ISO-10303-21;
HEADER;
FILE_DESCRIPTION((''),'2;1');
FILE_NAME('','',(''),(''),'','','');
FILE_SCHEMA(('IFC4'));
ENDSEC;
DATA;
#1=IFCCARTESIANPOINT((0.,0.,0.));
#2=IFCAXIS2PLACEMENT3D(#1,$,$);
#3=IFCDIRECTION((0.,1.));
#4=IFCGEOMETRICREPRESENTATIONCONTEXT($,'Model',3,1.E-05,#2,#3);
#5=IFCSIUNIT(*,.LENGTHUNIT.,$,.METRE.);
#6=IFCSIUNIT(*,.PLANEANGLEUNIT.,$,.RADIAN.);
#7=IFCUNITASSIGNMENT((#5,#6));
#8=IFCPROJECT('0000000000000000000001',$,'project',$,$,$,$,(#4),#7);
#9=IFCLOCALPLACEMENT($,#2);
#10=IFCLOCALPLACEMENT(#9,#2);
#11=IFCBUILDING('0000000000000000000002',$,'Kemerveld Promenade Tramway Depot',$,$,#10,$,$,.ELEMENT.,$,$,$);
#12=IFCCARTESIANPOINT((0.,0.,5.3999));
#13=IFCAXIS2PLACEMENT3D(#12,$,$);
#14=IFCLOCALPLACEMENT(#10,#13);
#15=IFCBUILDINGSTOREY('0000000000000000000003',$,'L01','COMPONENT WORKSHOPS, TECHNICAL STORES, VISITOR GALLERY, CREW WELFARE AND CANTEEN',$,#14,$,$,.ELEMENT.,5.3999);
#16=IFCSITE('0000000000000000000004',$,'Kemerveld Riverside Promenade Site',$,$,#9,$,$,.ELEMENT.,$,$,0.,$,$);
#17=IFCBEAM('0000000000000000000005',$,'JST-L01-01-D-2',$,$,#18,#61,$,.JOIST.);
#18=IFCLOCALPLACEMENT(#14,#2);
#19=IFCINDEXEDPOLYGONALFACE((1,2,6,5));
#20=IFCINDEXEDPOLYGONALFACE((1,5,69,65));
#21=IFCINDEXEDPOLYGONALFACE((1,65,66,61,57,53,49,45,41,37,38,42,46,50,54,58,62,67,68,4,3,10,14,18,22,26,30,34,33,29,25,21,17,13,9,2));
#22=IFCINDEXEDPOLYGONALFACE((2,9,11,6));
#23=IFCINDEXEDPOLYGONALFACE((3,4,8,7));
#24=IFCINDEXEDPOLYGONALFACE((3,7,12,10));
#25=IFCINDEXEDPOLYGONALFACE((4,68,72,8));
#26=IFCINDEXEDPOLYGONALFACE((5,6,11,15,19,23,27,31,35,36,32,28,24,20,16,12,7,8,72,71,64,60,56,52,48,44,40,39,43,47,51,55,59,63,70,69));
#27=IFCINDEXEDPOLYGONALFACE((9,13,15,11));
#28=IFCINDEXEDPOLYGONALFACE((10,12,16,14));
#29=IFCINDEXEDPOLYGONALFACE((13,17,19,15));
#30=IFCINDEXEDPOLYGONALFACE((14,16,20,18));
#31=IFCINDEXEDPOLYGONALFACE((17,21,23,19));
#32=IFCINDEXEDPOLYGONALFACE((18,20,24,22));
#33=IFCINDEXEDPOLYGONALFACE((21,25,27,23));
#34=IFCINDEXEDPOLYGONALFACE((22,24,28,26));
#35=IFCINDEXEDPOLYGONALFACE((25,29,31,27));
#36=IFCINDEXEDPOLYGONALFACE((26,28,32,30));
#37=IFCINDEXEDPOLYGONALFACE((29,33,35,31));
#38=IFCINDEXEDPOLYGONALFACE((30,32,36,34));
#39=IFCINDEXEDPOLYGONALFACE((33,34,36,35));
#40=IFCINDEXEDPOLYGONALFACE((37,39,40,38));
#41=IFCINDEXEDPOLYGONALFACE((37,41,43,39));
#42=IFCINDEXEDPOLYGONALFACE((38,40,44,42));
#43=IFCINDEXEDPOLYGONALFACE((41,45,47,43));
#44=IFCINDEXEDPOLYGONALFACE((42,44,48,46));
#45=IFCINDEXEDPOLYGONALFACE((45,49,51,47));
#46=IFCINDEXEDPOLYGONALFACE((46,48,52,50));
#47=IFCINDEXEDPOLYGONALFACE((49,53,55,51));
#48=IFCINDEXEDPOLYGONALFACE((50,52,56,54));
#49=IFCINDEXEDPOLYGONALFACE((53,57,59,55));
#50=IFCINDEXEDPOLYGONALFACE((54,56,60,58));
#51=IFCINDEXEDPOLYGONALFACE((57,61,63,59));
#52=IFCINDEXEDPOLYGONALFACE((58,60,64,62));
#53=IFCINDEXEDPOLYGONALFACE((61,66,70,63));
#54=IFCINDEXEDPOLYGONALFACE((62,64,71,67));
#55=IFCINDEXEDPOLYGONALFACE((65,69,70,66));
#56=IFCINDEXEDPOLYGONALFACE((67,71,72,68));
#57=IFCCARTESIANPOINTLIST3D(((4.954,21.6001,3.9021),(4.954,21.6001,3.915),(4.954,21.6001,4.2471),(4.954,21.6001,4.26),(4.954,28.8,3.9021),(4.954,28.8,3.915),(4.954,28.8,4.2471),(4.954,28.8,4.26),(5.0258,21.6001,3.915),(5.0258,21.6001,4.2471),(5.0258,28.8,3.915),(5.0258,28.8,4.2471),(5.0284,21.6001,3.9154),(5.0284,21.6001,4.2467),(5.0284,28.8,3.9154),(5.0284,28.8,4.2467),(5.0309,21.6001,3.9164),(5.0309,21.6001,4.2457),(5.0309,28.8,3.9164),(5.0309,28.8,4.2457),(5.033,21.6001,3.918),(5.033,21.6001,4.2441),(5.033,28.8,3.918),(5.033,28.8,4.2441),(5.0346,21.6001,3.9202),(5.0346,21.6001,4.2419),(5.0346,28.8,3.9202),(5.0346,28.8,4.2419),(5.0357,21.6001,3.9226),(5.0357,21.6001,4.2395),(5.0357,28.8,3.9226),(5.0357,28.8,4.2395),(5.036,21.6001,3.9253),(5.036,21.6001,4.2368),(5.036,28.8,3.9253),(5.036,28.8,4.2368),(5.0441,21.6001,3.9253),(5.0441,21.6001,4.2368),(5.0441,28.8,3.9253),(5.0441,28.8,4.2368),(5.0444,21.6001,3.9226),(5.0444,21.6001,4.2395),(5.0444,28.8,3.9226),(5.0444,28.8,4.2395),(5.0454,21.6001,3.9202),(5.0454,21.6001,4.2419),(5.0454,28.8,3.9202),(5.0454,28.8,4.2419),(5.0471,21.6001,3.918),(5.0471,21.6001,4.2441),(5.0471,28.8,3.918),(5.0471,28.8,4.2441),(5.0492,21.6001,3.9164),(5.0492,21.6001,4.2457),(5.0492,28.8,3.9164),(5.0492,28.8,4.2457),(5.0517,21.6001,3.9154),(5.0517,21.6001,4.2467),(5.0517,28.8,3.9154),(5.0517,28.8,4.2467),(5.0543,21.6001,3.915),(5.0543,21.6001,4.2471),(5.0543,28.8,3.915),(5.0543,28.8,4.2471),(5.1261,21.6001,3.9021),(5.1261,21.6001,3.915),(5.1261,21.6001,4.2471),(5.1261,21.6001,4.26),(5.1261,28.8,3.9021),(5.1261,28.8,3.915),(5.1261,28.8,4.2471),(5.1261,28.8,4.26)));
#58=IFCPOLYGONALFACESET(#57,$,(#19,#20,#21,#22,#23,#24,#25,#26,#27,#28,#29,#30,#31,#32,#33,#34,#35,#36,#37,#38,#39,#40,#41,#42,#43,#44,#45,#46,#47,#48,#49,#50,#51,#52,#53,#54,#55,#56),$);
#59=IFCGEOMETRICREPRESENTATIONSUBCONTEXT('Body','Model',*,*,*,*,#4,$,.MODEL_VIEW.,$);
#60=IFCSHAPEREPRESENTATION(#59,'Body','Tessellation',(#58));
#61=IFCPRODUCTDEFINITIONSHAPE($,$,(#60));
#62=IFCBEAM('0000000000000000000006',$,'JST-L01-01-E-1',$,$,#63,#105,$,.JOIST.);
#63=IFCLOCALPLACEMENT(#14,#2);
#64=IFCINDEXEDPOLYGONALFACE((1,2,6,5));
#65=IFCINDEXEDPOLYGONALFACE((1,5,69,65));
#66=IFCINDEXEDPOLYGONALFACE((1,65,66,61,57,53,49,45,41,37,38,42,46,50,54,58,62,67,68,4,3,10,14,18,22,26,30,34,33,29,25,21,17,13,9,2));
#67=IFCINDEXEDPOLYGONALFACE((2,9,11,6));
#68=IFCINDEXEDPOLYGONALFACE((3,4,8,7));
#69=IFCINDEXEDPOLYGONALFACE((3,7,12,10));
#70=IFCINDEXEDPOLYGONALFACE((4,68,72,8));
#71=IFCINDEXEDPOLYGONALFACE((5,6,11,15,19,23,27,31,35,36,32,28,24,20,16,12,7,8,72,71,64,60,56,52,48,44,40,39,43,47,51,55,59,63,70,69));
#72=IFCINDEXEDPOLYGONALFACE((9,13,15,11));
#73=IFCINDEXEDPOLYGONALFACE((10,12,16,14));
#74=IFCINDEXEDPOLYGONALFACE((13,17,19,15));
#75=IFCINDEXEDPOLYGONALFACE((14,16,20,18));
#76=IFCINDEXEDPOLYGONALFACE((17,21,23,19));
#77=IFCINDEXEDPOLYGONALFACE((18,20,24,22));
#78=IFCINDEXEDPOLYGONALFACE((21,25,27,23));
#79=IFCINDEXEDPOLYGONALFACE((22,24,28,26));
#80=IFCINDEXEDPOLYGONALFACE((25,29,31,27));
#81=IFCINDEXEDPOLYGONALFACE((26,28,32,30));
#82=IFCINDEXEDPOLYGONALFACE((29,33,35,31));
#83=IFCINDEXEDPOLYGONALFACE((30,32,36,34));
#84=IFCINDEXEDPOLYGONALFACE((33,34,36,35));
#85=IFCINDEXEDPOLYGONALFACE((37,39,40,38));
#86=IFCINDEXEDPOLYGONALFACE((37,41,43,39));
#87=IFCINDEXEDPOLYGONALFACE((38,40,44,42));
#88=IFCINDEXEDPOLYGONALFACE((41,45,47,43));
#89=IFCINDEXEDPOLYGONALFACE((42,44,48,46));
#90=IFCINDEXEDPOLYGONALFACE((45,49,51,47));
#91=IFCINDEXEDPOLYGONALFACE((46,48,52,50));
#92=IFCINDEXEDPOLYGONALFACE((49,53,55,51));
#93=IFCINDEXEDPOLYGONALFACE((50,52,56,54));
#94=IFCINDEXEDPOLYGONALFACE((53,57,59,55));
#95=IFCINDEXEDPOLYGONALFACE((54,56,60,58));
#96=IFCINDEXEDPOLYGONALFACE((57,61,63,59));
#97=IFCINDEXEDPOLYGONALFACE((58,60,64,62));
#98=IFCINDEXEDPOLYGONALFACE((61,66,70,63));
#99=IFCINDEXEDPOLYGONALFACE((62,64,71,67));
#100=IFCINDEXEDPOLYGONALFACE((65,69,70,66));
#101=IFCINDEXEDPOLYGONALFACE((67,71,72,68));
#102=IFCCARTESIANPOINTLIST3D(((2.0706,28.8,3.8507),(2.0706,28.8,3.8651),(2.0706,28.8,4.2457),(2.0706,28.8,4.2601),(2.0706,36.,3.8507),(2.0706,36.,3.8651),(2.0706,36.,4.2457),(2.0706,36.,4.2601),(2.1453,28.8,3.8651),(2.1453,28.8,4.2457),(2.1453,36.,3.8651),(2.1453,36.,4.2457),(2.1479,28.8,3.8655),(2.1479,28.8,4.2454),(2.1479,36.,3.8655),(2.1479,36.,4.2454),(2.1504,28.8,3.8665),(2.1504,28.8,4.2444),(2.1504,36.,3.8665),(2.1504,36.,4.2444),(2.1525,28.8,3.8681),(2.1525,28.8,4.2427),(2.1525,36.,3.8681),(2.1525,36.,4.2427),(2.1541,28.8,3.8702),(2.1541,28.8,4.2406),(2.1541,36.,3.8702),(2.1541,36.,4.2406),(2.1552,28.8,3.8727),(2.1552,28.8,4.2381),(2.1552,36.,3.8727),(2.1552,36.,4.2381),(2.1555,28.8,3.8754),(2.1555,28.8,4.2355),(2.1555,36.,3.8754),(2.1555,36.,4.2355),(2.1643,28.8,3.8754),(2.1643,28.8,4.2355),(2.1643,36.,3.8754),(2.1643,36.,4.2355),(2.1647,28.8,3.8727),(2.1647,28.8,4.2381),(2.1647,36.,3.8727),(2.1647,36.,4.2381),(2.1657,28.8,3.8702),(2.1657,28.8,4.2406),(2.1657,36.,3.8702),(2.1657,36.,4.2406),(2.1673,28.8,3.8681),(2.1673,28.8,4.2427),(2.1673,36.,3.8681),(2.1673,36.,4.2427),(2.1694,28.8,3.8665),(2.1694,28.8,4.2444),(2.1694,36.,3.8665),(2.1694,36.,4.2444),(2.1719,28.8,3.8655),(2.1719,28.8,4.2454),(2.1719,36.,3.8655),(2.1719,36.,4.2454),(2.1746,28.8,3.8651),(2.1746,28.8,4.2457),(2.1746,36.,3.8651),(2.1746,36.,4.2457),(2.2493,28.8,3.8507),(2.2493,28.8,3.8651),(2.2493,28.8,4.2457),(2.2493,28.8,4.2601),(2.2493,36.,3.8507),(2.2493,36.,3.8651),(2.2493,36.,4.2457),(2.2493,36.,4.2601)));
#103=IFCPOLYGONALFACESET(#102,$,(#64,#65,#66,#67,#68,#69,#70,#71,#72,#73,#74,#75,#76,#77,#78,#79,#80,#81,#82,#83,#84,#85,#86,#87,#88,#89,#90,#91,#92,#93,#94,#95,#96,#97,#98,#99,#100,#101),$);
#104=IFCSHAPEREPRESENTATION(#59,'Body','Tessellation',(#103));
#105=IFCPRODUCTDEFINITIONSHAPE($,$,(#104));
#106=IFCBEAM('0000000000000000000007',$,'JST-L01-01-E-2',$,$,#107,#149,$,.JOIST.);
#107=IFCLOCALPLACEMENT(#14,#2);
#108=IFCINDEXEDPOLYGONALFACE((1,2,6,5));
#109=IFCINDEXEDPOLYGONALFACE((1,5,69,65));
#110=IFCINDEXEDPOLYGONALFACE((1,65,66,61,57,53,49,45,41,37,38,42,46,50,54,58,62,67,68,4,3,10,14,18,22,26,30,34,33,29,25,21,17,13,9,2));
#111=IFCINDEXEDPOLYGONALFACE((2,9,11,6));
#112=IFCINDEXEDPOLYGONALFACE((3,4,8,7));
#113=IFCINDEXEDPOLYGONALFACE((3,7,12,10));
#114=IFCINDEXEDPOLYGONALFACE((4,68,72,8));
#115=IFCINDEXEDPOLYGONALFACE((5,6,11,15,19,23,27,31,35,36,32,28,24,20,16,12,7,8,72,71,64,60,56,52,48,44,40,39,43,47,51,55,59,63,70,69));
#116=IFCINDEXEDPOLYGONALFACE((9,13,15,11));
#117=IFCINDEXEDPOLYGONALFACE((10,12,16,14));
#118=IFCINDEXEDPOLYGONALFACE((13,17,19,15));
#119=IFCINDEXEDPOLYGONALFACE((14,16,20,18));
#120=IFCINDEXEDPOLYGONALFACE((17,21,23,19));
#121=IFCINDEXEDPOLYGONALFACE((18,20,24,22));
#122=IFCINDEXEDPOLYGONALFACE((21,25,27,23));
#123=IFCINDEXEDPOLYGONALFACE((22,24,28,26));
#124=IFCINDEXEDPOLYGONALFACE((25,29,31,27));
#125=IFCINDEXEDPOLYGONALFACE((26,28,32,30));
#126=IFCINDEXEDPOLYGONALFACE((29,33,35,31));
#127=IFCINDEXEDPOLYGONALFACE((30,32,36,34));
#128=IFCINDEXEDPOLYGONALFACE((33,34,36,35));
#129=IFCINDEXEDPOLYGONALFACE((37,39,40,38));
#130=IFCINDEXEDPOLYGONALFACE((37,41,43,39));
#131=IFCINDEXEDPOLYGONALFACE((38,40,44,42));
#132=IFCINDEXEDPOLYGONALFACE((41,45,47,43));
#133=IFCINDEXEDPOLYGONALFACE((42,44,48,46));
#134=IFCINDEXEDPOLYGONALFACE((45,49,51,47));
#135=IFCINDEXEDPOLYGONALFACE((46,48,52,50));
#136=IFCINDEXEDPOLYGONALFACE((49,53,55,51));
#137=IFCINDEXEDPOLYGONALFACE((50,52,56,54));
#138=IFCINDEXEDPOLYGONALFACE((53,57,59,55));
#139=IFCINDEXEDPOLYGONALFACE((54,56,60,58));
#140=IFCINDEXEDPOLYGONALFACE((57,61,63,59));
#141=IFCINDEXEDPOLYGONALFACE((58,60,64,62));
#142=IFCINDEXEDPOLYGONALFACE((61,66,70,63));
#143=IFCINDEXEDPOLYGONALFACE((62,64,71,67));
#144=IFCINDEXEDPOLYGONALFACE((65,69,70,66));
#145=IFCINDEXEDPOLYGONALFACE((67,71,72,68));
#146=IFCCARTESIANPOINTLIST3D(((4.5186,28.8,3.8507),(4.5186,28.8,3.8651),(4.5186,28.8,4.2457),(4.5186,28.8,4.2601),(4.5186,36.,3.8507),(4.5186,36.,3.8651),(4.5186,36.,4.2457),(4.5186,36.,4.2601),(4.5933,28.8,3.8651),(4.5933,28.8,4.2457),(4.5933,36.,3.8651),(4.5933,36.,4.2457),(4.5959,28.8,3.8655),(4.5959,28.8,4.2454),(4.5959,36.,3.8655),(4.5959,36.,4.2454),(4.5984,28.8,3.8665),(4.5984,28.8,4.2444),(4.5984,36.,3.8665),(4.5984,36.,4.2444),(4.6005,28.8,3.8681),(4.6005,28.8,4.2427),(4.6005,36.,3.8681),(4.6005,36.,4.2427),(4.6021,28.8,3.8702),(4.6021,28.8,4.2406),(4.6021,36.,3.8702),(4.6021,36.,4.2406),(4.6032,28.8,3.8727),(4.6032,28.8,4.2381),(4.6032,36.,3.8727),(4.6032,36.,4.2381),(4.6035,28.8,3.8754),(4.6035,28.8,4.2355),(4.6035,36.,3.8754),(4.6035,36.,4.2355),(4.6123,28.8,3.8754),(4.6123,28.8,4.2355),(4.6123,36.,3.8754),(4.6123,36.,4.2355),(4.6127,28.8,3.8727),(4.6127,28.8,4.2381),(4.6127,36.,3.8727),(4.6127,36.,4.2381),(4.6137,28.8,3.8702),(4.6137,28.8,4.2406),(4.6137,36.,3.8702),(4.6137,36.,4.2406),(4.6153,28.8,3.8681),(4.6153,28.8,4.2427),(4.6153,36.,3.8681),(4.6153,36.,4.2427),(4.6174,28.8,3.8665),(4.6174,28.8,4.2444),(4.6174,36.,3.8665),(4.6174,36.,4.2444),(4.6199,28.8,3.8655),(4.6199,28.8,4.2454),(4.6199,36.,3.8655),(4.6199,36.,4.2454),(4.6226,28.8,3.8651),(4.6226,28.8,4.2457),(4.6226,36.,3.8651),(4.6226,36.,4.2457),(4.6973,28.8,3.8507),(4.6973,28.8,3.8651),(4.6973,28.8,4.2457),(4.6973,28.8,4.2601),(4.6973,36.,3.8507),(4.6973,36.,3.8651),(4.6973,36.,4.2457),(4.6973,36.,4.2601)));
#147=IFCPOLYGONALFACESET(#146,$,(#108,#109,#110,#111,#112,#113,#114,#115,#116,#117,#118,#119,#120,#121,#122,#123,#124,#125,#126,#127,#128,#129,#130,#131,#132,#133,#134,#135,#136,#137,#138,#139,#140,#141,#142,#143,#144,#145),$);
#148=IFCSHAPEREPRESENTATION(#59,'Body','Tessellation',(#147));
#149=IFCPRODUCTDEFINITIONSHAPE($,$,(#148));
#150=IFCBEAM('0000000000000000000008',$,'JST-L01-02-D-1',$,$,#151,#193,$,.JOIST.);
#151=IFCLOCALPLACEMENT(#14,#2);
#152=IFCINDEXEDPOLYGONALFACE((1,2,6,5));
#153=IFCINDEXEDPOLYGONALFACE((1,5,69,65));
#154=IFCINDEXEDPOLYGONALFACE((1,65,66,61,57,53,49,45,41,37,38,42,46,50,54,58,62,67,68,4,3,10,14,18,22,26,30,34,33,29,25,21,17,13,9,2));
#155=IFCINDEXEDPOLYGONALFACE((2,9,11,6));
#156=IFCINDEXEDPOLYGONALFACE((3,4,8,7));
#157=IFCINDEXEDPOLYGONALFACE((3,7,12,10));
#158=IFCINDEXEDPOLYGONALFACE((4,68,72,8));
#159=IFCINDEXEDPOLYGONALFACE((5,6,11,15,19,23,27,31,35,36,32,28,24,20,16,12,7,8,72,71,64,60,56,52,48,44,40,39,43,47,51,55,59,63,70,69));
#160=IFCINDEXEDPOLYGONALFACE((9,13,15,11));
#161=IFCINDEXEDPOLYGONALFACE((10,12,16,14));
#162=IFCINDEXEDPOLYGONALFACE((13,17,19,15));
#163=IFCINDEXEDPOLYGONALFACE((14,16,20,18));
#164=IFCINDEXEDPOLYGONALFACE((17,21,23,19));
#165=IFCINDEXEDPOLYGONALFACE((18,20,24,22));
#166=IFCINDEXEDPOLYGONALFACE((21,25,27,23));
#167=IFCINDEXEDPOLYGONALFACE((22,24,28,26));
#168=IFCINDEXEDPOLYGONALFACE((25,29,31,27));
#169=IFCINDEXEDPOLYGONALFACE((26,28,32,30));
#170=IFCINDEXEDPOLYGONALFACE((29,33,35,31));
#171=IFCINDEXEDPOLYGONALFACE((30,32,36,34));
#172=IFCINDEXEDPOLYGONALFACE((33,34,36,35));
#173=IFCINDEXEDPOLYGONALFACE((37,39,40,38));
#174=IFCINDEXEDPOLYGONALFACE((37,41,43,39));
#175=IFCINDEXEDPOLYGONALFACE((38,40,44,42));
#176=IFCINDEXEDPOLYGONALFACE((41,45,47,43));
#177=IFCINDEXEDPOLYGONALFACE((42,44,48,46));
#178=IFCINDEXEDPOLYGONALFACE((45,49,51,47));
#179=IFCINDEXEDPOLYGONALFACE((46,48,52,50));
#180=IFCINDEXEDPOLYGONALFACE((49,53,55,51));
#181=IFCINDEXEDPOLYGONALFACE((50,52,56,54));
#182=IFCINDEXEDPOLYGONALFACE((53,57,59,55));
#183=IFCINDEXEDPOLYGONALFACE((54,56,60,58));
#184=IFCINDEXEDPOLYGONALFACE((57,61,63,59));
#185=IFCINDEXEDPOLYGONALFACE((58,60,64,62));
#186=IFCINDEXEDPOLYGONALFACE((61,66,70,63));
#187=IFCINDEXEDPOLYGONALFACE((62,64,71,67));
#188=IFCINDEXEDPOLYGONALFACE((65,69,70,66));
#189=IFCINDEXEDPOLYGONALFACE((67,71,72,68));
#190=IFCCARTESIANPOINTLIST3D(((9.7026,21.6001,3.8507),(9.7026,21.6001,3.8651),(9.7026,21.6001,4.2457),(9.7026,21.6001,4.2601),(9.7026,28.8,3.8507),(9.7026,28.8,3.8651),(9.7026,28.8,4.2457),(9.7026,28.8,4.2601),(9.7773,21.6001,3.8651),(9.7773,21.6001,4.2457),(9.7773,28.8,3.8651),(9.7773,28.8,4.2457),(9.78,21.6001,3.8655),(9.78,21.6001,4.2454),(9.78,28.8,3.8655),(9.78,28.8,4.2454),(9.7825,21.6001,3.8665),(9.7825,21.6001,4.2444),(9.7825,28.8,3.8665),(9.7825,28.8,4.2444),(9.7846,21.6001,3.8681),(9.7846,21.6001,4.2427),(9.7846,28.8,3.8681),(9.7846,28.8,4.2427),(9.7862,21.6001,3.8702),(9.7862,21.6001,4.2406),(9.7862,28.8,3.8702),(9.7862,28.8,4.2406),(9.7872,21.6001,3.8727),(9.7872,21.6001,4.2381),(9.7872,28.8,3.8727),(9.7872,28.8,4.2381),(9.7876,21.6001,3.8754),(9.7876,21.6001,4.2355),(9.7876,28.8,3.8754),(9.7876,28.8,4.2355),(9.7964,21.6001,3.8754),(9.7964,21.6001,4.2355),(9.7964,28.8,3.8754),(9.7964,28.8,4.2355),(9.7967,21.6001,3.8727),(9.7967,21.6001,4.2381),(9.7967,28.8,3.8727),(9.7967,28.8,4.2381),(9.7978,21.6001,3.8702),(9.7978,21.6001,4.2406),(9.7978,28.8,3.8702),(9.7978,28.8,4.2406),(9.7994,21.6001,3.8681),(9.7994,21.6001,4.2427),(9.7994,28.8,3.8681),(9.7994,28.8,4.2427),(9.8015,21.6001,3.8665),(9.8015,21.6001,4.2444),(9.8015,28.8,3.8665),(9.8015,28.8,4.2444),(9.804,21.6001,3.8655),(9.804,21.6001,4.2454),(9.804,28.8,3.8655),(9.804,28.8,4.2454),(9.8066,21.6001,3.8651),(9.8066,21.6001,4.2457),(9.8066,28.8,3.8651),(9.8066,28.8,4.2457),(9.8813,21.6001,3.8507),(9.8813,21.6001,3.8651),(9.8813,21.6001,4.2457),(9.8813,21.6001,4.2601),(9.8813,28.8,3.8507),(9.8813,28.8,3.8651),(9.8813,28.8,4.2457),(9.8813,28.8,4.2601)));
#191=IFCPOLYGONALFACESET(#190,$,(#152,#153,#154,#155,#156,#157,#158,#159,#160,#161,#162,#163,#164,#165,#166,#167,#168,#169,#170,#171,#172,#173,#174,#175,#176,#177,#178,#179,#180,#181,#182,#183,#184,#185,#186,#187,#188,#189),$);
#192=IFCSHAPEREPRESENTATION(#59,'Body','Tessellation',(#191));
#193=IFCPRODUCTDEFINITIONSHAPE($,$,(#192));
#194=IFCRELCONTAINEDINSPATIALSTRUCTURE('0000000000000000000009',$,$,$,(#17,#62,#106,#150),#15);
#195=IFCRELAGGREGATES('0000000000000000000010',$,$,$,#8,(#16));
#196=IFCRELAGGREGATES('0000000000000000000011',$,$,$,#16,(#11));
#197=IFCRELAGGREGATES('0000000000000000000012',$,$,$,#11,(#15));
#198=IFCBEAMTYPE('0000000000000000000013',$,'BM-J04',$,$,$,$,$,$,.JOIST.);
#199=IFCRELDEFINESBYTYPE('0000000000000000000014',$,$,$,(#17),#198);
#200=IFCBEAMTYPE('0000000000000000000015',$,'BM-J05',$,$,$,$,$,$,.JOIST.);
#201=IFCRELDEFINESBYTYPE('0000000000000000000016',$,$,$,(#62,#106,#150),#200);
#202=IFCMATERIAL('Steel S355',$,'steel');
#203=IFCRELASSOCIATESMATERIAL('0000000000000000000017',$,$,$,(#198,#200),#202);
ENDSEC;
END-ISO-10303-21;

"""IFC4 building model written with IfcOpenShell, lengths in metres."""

from ifc_helpers import new_model, si_unit, direction, frame, origin, origin_2d, place, context, subcontext, project, spatial, i_section, extrude, material, material_profile, profile_set, type_object, element, save


model = new_model("IFC4")

# Units and contexts
model_context = context("Model", 3, precision=1e-05, world=origin(), true_north=direction((0.0, 1.0)))
body_context = subcontext(model_context, "Body", "Model", "MODEL_VIEW")
ifc_project = project(units=[si_unit("LENGTHUNIT", "METRE"), si_unit("PLANEANGLEUNIT", "RADIAN")], contexts=[model_context])

# Site, building, storey
site_placement = place(None, origin())
site = spatial("IfcSite", under=ifc_project, at=site_placement, Name="Kemerveld Riverside Promenade Site", CompositionType="ELEMENT", RefElevation=0.0)
building_placement = place(site_placement, origin())
building = spatial("IfcBuilding", under=site, at=building_placement, Name="Kemerveld Promenade Tramway Depot", CompositionType="ELEMENT")
storey_placement = place(building_placement, frame((0.0, 0.0, 5.3999)))
storey = spatial("IfcBuildingStorey", under=building, at=storey_placement, Name="L01", Description="COMPONENT WORKSHOPS, TECHNICAL STORES, VISITOR GALLERY, CREW WELFARE AND CANTEEN", CompositionType="ELEMENT", Elevation=5.3999)

# Shared definitions
ifc_material_1 = material(Name="Steel S355", Category="steel")

# Beams
ifc_material_profile_1 = material_profile(ifc_material_1, i_section(OverallWidth=0.1721, OverallDepth=0.3579, WebThickness=0.0081, FlangeThickness=0.0129, FilletRadius=0.0103, at=origin_2d()), Name="356x171x57 UB")
ifc_profile_set_1 = profile_set([ifc_material_profile_1], Name="Steel S355")
beam_type_1 = type_object("IfcBeamType", Name="BM-J04", PredefinedType="JOIST", material=ifc_profile_set_1)
for number, where, z_axis, x_axis, name in (
    (1, (5.04, 21.6001, 4.0811), (0.0, 1.0, 0.0), (-1.0, 0.0, 0.0), "JST-L01-01-D-2"),
):
    element("IfcBeam", number, at=place(storey_placement, frame(where, z_axis=z_axis, x_axis=x_axis)), inside=storey, type_object=beam_type_1, Name=name, PredefinedType="JOIST", context=body_context, shape_type="SweptSolid", body=[
        extrude(i_section(OverallWidth=0.1721, OverallDepth=0.3579, WebThickness=0.0081, FlangeThickness=0.0129, FilletRadius=0.0103, at=origin_2d()), origin(), (0.0, 0.0, 1.0), 7.2),
    ])
ifc_material_profile_2 = material_profile(ifc_material_1, i_section(OverallWidth=0.1787, OverallDepth=0.4094, WebThickness=0.0088, FlangeThickness=0.0144, FilletRadius=0.0103, at=origin_2d()), Name="406x178x67 UB")
ifc_profile_set_2 = profile_set([ifc_material_profile_2], Name="Steel S355")
beam_type_2 = type_object("IfcBeamType", Name="BM-J05", PredefinedType="JOIST", material=ifc_profile_set_2)
for number, where, z_axis, x_axis, name in (
    (2, (2.1599, 28.8, 4.0554), (0.0, 1.0, 0.0), (-1.0, 0.0, 0.0), "JST-L01-01-E-1"),
    (3, (4.6079, 28.8, 4.0554), (0.0, 1.0, 0.0), (-1.0, 0.0, 0.0), "JST-L01-01-E-2"),
    (4, (9.792, 21.6001, 4.0554), (0.0, 1.0, 0.0), (-1.0, 0.0, 0.0), "JST-L01-02-D-1"),
):
    element("IfcBeam", number, at=place(storey_placement, frame(where, z_axis=z_axis, x_axis=x_axis)), inside=storey, type_object=beam_type_2, Name=name, PredefinedType="JOIST", context=body_context, shape_type="SweptSolid", body=[
        extrude(i_section(OverallWidth=0.1787, OverallDepth=0.4094, WebThickness=0.0088, FlangeThickness=0.0144, FilletRadius=0.0103, at=origin_2d()), origin(), (0.0, 0.0, 1.0), 7.2),
    ])

save(model, "model.ifc")
